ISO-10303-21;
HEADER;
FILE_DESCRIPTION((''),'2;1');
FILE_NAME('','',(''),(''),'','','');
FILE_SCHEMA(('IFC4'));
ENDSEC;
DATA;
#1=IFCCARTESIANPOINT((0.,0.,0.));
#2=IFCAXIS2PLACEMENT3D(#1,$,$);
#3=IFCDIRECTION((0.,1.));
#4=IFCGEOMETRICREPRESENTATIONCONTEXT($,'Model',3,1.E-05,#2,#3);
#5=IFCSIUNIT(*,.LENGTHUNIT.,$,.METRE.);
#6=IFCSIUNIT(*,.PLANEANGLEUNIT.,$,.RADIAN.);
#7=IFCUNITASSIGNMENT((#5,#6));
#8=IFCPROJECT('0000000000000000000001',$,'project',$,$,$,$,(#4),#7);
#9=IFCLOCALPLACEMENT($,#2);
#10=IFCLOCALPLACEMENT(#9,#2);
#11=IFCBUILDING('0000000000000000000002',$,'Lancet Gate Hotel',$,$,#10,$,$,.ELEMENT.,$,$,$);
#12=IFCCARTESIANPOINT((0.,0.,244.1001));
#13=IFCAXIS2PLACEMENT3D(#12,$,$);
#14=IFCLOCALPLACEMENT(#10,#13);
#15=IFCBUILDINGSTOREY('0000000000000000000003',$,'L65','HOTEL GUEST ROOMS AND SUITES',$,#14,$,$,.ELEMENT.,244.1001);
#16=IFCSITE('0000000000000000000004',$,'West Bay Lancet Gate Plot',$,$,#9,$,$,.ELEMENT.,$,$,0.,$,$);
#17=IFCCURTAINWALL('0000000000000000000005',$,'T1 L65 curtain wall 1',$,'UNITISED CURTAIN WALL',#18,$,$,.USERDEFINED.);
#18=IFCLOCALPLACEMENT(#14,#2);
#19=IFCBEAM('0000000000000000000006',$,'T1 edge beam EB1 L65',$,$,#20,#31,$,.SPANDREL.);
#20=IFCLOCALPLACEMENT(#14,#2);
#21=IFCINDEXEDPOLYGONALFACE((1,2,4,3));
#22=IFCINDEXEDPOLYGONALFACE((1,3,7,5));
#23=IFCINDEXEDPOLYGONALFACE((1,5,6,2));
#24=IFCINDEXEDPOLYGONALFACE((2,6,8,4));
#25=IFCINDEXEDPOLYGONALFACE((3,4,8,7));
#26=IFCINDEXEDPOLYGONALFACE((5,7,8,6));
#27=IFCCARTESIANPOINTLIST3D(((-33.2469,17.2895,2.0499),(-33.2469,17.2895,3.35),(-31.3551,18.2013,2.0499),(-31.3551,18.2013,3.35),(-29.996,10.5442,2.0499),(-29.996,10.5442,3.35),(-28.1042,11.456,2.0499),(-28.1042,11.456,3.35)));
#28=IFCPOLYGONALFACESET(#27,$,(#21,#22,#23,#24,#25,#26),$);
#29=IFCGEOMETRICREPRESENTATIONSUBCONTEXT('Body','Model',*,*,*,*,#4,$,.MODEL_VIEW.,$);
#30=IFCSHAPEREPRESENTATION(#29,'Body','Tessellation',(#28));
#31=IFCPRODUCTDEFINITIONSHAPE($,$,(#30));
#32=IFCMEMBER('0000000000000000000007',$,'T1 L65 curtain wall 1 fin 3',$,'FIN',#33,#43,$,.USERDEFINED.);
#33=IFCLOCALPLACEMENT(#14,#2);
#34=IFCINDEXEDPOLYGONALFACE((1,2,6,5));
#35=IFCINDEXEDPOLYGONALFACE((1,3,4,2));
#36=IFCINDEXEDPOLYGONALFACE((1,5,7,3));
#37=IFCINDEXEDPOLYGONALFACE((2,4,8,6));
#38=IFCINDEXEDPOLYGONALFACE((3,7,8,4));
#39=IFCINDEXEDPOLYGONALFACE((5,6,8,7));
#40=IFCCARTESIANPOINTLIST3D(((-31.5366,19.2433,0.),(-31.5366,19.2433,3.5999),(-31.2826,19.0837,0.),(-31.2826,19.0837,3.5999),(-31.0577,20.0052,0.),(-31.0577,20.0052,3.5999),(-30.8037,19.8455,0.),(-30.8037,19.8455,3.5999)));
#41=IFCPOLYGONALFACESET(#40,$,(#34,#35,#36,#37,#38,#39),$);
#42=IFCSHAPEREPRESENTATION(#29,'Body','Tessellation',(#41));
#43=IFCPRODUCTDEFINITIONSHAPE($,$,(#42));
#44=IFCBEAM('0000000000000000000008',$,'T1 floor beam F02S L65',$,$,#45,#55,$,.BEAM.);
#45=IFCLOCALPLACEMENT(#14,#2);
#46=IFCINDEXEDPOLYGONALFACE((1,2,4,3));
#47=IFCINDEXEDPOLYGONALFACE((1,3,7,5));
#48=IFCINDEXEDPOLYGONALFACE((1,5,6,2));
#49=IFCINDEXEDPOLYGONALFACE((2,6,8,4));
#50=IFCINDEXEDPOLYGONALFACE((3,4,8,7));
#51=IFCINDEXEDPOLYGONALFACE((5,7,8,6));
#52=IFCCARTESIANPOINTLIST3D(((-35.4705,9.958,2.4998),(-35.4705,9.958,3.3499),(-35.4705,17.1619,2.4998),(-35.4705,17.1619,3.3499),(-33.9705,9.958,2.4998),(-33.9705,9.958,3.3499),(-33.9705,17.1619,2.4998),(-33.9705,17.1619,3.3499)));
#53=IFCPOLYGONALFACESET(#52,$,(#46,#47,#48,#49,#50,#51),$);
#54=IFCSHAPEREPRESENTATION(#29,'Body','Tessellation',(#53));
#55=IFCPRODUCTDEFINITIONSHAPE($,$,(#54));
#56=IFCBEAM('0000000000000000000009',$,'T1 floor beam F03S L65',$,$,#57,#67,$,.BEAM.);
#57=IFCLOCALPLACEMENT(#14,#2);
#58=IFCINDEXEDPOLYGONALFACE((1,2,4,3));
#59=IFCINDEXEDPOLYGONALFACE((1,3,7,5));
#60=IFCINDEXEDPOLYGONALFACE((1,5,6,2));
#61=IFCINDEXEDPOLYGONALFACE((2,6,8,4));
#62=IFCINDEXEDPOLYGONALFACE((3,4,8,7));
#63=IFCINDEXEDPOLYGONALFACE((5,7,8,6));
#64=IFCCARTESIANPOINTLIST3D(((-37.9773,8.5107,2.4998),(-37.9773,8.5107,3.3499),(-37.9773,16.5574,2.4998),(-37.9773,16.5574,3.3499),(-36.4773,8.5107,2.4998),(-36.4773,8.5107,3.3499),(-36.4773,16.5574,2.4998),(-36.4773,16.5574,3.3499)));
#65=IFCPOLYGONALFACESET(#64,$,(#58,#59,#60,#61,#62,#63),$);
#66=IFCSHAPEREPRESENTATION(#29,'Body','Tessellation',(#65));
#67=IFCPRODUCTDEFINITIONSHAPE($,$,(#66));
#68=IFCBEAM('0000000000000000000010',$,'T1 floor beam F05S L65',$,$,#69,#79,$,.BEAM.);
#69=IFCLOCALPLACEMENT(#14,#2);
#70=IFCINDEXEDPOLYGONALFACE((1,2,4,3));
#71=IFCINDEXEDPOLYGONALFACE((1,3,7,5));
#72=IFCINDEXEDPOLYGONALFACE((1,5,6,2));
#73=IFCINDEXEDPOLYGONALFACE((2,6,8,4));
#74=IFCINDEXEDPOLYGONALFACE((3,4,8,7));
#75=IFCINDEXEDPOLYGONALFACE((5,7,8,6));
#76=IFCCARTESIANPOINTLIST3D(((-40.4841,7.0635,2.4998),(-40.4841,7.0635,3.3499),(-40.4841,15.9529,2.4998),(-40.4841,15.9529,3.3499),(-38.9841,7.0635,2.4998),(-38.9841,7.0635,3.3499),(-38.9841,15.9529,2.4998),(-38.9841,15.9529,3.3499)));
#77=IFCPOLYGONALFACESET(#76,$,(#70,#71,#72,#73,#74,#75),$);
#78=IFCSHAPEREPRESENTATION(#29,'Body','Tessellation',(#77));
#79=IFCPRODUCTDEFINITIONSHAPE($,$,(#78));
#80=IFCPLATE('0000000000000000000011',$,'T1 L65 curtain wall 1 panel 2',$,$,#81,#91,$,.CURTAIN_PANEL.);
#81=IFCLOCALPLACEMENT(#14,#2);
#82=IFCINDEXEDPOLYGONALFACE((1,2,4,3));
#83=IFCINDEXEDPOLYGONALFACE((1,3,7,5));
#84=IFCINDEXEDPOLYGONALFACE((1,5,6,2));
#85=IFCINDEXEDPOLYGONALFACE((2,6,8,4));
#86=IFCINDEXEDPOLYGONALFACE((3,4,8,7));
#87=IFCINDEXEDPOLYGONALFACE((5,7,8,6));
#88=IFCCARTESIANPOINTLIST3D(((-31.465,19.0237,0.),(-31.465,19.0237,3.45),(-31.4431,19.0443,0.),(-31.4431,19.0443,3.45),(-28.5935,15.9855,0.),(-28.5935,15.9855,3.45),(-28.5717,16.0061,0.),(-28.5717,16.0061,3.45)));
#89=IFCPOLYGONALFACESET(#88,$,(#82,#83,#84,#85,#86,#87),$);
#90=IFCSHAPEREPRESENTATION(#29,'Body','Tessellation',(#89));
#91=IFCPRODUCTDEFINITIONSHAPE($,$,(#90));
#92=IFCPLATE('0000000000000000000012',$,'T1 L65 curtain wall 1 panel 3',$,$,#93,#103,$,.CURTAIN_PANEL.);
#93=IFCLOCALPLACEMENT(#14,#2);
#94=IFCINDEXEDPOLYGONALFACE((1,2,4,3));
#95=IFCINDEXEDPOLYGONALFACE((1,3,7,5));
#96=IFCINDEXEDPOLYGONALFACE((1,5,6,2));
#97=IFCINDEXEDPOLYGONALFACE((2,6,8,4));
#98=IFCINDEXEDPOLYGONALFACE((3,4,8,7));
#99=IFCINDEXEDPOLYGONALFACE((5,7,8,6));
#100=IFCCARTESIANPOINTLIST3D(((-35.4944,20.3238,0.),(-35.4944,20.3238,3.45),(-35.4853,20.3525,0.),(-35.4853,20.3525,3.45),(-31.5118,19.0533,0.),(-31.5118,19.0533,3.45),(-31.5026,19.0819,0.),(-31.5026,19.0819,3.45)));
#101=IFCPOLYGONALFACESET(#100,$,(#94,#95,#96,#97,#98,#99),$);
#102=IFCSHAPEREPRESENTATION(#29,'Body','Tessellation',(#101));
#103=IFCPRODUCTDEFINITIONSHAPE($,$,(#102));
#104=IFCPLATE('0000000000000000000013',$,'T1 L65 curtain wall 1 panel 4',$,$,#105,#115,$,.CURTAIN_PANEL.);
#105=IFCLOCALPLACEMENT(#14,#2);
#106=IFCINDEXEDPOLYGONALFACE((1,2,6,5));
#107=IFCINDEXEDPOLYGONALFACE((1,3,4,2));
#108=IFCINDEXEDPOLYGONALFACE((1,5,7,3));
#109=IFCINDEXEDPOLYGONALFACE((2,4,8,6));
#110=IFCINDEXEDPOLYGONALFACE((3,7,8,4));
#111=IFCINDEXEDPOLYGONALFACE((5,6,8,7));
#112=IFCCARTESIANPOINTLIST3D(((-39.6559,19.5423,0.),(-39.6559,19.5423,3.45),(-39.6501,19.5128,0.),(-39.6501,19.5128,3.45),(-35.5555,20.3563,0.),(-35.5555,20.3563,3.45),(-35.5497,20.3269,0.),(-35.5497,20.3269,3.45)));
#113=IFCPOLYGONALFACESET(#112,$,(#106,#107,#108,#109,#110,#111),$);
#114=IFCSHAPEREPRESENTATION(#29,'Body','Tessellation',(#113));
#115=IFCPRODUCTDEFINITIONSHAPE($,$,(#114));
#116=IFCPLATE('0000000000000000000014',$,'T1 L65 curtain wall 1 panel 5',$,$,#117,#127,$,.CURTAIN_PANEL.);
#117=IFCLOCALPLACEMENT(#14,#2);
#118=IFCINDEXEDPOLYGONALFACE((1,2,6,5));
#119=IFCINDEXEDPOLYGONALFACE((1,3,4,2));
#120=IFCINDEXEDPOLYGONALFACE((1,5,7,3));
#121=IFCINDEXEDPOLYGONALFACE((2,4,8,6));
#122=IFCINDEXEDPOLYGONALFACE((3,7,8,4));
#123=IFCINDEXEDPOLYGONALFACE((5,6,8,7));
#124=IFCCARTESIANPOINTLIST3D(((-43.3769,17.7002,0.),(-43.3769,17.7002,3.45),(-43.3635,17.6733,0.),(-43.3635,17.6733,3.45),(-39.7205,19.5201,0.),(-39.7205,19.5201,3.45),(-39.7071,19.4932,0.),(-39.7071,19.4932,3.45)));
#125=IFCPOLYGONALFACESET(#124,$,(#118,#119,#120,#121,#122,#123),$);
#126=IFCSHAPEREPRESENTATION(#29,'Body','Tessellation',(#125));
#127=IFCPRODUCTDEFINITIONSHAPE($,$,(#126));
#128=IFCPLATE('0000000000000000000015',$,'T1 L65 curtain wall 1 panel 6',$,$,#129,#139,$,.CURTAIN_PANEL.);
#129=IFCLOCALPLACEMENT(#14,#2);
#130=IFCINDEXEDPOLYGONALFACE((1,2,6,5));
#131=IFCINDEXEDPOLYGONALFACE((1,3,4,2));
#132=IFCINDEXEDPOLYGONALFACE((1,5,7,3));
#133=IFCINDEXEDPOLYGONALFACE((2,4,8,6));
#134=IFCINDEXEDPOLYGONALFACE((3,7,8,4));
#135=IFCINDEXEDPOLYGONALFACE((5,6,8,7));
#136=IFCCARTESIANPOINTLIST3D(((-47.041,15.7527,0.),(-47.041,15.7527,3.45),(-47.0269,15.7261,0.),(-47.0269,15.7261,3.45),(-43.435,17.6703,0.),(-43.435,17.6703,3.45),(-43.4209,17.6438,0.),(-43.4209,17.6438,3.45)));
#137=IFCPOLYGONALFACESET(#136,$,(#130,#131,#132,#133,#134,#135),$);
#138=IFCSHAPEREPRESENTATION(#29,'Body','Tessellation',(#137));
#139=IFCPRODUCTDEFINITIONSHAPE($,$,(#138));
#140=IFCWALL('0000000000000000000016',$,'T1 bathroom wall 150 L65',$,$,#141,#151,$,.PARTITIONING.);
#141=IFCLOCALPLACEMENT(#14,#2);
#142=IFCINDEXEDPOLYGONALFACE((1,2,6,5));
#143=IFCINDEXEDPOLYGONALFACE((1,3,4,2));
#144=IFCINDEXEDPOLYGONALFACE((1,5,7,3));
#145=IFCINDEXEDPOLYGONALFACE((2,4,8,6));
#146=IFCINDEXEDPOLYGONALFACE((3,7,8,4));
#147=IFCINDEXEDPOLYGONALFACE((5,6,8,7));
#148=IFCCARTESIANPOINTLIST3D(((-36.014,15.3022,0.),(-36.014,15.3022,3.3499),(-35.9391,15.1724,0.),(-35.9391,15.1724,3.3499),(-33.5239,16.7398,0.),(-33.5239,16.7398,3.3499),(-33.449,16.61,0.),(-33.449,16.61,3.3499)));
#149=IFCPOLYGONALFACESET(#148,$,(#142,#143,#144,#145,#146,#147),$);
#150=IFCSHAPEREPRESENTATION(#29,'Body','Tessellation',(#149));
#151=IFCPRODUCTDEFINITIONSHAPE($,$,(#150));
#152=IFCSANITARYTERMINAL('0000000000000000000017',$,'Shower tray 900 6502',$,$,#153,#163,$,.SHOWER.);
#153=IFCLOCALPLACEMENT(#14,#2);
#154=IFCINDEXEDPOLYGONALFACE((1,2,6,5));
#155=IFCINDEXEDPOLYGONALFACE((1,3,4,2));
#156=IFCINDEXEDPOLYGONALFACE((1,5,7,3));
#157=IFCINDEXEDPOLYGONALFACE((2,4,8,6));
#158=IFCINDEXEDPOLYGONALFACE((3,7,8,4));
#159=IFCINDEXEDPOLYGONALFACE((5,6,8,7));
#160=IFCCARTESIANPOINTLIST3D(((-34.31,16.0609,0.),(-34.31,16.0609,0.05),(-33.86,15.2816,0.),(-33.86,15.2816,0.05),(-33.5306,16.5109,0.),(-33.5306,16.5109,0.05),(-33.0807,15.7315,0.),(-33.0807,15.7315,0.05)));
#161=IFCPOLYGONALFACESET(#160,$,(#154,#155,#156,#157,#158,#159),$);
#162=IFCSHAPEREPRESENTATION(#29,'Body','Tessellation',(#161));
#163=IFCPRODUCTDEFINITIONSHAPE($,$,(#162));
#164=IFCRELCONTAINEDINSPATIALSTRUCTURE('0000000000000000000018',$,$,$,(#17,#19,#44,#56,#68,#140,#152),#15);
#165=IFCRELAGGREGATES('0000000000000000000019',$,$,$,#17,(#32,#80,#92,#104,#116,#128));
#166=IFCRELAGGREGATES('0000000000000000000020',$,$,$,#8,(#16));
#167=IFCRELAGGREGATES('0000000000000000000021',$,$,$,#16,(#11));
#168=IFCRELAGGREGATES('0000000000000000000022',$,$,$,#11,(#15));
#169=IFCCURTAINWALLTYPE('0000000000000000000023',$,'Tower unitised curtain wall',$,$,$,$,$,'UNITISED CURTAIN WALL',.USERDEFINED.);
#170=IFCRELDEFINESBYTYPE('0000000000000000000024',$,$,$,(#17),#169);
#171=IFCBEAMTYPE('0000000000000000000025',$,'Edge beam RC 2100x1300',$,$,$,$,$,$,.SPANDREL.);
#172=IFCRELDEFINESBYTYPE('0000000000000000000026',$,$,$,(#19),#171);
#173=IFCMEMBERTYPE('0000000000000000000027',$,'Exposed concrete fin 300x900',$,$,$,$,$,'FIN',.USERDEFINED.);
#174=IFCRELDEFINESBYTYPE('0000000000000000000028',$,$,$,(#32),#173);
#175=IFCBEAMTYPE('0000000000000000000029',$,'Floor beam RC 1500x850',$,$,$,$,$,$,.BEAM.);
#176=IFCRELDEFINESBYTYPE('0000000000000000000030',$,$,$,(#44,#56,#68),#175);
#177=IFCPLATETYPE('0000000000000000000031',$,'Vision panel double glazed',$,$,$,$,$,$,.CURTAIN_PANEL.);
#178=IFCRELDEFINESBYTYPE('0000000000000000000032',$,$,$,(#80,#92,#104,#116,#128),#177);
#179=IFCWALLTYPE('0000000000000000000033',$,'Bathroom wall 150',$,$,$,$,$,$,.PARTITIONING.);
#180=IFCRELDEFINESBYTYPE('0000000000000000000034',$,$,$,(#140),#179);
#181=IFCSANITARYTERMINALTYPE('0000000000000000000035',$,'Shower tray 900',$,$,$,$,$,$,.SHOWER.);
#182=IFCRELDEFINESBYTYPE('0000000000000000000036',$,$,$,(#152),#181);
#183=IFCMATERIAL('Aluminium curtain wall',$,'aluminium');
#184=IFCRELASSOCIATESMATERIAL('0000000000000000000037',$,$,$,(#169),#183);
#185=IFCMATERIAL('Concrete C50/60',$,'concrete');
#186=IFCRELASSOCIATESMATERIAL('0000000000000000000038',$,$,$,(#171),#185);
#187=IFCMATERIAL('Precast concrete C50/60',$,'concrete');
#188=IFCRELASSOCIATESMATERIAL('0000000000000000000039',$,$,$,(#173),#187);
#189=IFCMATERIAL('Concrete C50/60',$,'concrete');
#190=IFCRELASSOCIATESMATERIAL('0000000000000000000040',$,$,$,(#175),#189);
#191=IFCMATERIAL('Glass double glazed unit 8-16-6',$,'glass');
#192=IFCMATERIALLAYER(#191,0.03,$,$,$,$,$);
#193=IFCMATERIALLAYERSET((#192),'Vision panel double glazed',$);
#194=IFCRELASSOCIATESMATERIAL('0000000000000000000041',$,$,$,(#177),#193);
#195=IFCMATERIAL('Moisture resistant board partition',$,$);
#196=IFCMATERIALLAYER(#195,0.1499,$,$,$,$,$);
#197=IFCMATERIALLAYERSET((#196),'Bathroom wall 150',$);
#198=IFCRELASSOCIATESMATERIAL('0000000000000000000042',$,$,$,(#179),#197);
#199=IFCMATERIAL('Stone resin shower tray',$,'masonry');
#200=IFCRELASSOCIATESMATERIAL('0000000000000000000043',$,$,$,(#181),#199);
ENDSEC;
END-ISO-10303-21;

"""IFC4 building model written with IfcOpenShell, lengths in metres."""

from ifc_helpers import new_model, si_unit, direction, frame, frame_2d, origin, origin_2d, place, context, subcontext, project, spatial, rectangle, extrude, material, layer, layer_set, material_profile, profile_set, type_object, element, aggregate, save


model = new_model("IFC4")

# Units and contexts
model_context = context("Model", 3, precision=1e-05, world=origin(), true_north=direction((0.0, 1.0)))
body_context = subcontext(model_context, "Body", "Model", "MODEL_VIEW")
ifc_project = project(units=[si_unit("LENGTHUNIT", "METRE"), si_unit("PLANEANGLEUNIT", "RADIAN")], contexts=[model_context])

# Site, building, storey
site_placement = place(None, origin())
site = spatial("IfcSite", under=ifc_project, at=site_placement, Name="West Bay Lancet Gate Plot", CompositionType="ELEMENT", RefElevation=0.0)
building_placement = place(site_placement, origin())
building = spatial("IfcBuilding", under=site, at=building_placement, Name="Lancet Gate Hotel", CompositionType="ELEMENT")
storey_placement = place(building_placement, frame((0.0, 0.0, 244.1001)))
storey = spatial("IfcBuildingStorey", under=building, at=storey_placement, Name="L65", Description="HOTEL GUEST ROOMS AND SUITES", CompositionType="ELEMENT", Elevation=244.1001)

# Curtain wall
ifc_material_1 = material(Name="Aluminium curtain wall", Category="aluminium")
curtain_wall_type = type_object("IfcCurtainWallType", Name="Tower unitised curtain wall", ElementType="UNITISED CURTAIN WALL", PredefinedType="USERDEFINED", material=ifc_material_1)
curtain_wall_placement = place(storey_placement, origin())
curtain_wall = element("IfcCurtainWall", 1, at=curtain_wall_placement, inside=storey, type_object=curtain_wall_type, Name="T1 L65 curtain wall 1", ObjectType="UNITISED CURTAIN WALL", PredefinedType="USERDEFINED")

# Beam
ifc_material_2 = material(Name="Concrete C50/60", Category="concrete")
ifc_material_profile_1 = material_profile(ifc_material_2, rectangle(XDim=2.1001, YDim=1.3, at=origin_2d()), Name="RC 2100x1300")
ifc_profile_set_1 = profile_set([ifc_material_profile_1], Name="Concrete C50/60")
beam_type_1 = type_object("IfcBeamType", Name="Edge beam RC 2100x1300", PredefinedType="SPANDREL", material=ifc_profile_set_1)
beam_1_placement = place(storey_placement, frame((-32.301, 17.7454, 2.7), z_axis=(0.434164, -0.900834, 0.0), x_axis=(0.900834, 0.434164, 0.0)))
element("IfcBeam", 2, at=beam_1_placement, inside=storey, type_object=beam_type_1, Name="T1 edge beam EB1 L65", PredefinedType="SPANDREL", context=body_context, shape_type="SweptSolid", body=[
    extrude(rectangle(XDim=2.1001, YDim=1.3, at=origin_2d()), origin(), (0.0, 0.0, 1.0), 7.4878),
])

# Member
ifc_material_3 = material(Name="Precast concrete C50/60", Category="concrete")
ifc_material_profile_2 = material_profile(ifc_material_3, rectangle(XDim=0.3, YDim=0.8999, at=origin_2d()), Name="FIN 300x900")
ifc_profile_set_2 = profile_set([ifc_material_profile_2], Name="Precast concrete C50/60")
member_type_1 = type_object("IfcMemberType", Name="Exposed concrete fin 300x900", ElementType="FIN", PredefinedType="USERDEFINED", material=ifc_profile_set_2)
member_1_placement = place(storey_placement, frame((-31.1702, 19.5444, 0.0), z_axis=(0.0, 0.0, 1.0), x_axis=(-0.846613, 0.532209, 0.0)))
member_1 = element("IfcMember", 3, at=member_1_placement, type_object=member_type_1, Name="T1 L65 curtain wall 1 fin 3", ObjectType="FIN", PredefinedType="USERDEFINED", context=body_context, shape_type="SweptSolid", body=[
    extrude(rectangle(XDim=0.3, YDim=0.8999, at=origin_2d()), origin(), (0.0, 0.0, 1.0), 3.5999),
])

# Beams
ifc_material_4 = material(Name="Concrete C50/60", Category="concrete")
ifc_material_profile_3 = material_profile(ifc_material_4, rectangle(XDim=1.5, YDim=0.8501, at=origin_2d()), Name="RC 1500x850")
ifc_profile_set_3 = profile_set([ifc_material_profile_3], Name="Concrete C50/60")
beam_type_2 = type_object("IfcBeamType", Name="Floor beam RC 1500x850", PredefinedType="BEAM", material=ifc_profile_set_3)
beam_2_placement = place(storey_placement, frame((-34.7205, 17.1619, 2.9248), z_axis=(0.0, -1.0, 0.0), x_axis=(1.0, 0.0, 0.0)))
element("IfcBeam", 4, at=beam_2_placement, inside=storey, type_object=beam_type_2, Name="T1 floor beam F02S L65", PredefinedType="BEAM", context=body_context, shape_type="SweptSolid", body=[
    extrude(rectangle(XDim=1.5, YDim=0.8501, at=origin_2d()), origin(), (0.0, 0.0, 1.0), 7.2039),
])
beam_3_placement = place(storey_placement, frame((-37.2273, 16.5574, 2.9248), z_axis=(0.0, -1.0, 0.0), x_axis=(1.0, 0.0, 0.0)))
element("IfcBeam", 5, at=beam_3_placement, inside=storey, type_object=beam_type_2, Name="T1 floor beam F03S L65", PredefinedType="BEAM", context=body_context, shape_type="SweptSolid", body=[
    extrude(rectangle(XDim=1.5, YDim=0.8501, at=origin_2d()), origin(), (0.0, 0.0, 1.0), 8.0466),
])
beam_4_placement = place(storey_placement, frame((-39.7341, 15.9529, 2.9248), z_axis=(0.0, -1.0, 0.0), x_axis=(1.0, 0.0, 0.0)))
element("IfcBeam", 6, at=beam_4_placement, inside=storey, type_object=beam_type_2, Name="T1 floor beam F05S L65", PredefinedType="BEAM", context=body_context, shape_type="SweptSolid", body=[
    extrude(rectangle(XDim=1.5, YDim=0.8501, at=origin_2d()), origin(), (0.0, 0.0, 1.0), 8.8894),
])

# Plates
ifc_material_5 = material(Name="Glass double glazed unit 8-16-6", Category="glass")
ifc_layer_1 = layer(ifc_material_5, 0.03)
ifc_layer_set_1 = layer_set([ifc_layer_1], Name="Vision panel double glazed")
plate_type = type_object("IfcPlateType", Name="Vision panel double glazed", PredefinedType="CURTAIN_PANEL", material=ifc_layer_set_1)
plate_1_placement = place(storey_placement, frame((-30.0183, 17.5149, 0.0), z_axis=(0.0, 0.0, 1.0), x_axis=(-0.686883, 0.726768, 0.0)))
plate_1 = element("IfcPlate", 7, at=plate_1_placement, type_object=plate_type, Name="T1 L65 curtain wall 1 panel 2", PredefinedType="CURTAIN_PANEL", context=body_context, shape_type="SweptSolid", body=[
    extrude(rectangle(XDim=4.1804, YDim=0.03, at=origin_2d()), origin(), (0.0, 0.0, 1.0), 3.45),
])
plate_2_placement = place(storey_placement, frame((-33.4985, 19.7029, 0.0), z_axis=(0.0, 0.0, 1.0), x_axis=(-0.952696, 0.303926, 0.0)))
plate_2 = element("IfcPlate", 8, at=plate_2_placement, type_object=plate_type, Name="T1 L65 curtain wall 1 panel 3", PredefinedType="CURTAIN_PANEL", context=body_context, shape_type="SweptSolid", body=[
    extrude(rectangle(XDim=4.1804, YDim=0.03, at=origin_2d()), origin(), (0.0, 0.0, 1.0), 3.45),
])
plate_3_placement = place(storey_placement, frame((-37.6028, 19.9346, 0.0), z_axis=(0.0, 0.0, 1.0), x_axis=(-0.980857, -0.194731, 0.0)))
plate_3 = element("IfcPlate", 9, at=plate_3_placement, type_object=plate_type, Name="T1 L65 curtain wall 1 panel 4", PredefinedType="CURTAIN_PANEL", context=body_context, shape_type="SweptSolid", body=[
    extrude(rectangle(XDim=4.1804, YDim=0.03, at=origin_2d()), origin(), (0.0, 0.0, 1.0), 3.45),
])
plate_4_placement = place(storey_placement, frame((-41.542, 18.5967, 0.0), z_axis=(0.0, 0.0, 1.0), x_axis=(-0.895234, -0.445596, 0.0)))
plate_4 = element("IfcPlate", 10, at=plate_4_placement, type_object=plate_type, Name="T1 L65 curtain wall 1 panel 5", PredefinedType="CURTAIN_PANEL", context=body_context, shape_type="SweptSolid", body=[
    extrude(rectangle(XDim=4.0842, YDim=0.03, at=origin_2d()), origin(), (0.0, 0.0, 1.0), 3.45),
])
plate_5_placement = place(storey_placement, frame((-45.231, 16.6982, 0.0), z_axis=(0.0, 0.0, 1.0), x_axis=(-0.882916, -0.469531, 0.0)))
plate_5 = element("IfcPlate", 11, at=plate_5_placement, type_object=plate_type, Name="T1 L65 curtain wall 1 panel 6", PredefinedType="CURTAIN_PANEL", context=body_context, shape_type="SweptSolid", body=[
    extrude(rectangle(XDim=4.0842, YDim=0.03, at=origin_2d()), origin(), (0.0, 0.0, 1.0), 3.45),
])
aggregate(curtain_wall, [member_1, plate_1, plate_2, plate_3, plate_4, plate_5])

# Wall
ifc_material_6 = material(Name="Moisture resistant board partition")
ifc_layer_2 = layer(ifc_material_6, 0.1499)
ifc_layer_set_2 = layer_set([ifc_layer_2], Name="Bathroom wall 150")
wall_type = type_object("IfcWallType", Name="Bathroom wall 150", PredefinedType="PARTITIONING", material=ifc_layer_set_2)
wall_placement = place(storey_placement, frame((-33.4866, 16.6748, 0.0), z_axis=(0.0, 0.0, 1.0), x_axis=(-0.86604, -0.499975, 0.0)))
element("IfcWall", 12, at=wall_placement, inside=storey, type_object=wall_type, Name="T1 bathroom wall 150 L65", PredefinedType="PARTITIONING", context=body_context, shape_type="SweptSolid", body=[
    extrude(rectangle(XDim=2.8752, YDim=0.1499, at=frame_2d((1.4375, 0.0))), origin(), (0.0, 0.0, 1.0), 3.3499),
])

# Sanitary terminal
ifc_material_7 = material(Name="Stone resin shower tray", Category="masonry")
sanitary_terminal_type = type_object("IfcSanitaryTerminalType", Name="Shower tray 900", PredefinedType="SHOWER", material=ifc_material_7)
sanitary_terminal_placement = place(storey_placement, frame((-33.6953, 15.8962, 0.0), z_axis=(0.0, 0.0, 1.0), x_axis=(0.866025, 0.5, 0.0)))
element("IfcSanitaryTerminal", 13, at=sanitary_terminal_placement, inside=storey, type_object=sanitary_terminal_type, Name="Shower tray 900 6502", PredefinedType="SHOWER", context=body_context, shape_type="SweptSolid", body=[
    extrude(rectangle(XDim=0.8999, YDim=0.8999, at=origin_2d()), origin(), (0.0, 0.0, 1.0), 0.05),
])

save(model, "model.ifc")
